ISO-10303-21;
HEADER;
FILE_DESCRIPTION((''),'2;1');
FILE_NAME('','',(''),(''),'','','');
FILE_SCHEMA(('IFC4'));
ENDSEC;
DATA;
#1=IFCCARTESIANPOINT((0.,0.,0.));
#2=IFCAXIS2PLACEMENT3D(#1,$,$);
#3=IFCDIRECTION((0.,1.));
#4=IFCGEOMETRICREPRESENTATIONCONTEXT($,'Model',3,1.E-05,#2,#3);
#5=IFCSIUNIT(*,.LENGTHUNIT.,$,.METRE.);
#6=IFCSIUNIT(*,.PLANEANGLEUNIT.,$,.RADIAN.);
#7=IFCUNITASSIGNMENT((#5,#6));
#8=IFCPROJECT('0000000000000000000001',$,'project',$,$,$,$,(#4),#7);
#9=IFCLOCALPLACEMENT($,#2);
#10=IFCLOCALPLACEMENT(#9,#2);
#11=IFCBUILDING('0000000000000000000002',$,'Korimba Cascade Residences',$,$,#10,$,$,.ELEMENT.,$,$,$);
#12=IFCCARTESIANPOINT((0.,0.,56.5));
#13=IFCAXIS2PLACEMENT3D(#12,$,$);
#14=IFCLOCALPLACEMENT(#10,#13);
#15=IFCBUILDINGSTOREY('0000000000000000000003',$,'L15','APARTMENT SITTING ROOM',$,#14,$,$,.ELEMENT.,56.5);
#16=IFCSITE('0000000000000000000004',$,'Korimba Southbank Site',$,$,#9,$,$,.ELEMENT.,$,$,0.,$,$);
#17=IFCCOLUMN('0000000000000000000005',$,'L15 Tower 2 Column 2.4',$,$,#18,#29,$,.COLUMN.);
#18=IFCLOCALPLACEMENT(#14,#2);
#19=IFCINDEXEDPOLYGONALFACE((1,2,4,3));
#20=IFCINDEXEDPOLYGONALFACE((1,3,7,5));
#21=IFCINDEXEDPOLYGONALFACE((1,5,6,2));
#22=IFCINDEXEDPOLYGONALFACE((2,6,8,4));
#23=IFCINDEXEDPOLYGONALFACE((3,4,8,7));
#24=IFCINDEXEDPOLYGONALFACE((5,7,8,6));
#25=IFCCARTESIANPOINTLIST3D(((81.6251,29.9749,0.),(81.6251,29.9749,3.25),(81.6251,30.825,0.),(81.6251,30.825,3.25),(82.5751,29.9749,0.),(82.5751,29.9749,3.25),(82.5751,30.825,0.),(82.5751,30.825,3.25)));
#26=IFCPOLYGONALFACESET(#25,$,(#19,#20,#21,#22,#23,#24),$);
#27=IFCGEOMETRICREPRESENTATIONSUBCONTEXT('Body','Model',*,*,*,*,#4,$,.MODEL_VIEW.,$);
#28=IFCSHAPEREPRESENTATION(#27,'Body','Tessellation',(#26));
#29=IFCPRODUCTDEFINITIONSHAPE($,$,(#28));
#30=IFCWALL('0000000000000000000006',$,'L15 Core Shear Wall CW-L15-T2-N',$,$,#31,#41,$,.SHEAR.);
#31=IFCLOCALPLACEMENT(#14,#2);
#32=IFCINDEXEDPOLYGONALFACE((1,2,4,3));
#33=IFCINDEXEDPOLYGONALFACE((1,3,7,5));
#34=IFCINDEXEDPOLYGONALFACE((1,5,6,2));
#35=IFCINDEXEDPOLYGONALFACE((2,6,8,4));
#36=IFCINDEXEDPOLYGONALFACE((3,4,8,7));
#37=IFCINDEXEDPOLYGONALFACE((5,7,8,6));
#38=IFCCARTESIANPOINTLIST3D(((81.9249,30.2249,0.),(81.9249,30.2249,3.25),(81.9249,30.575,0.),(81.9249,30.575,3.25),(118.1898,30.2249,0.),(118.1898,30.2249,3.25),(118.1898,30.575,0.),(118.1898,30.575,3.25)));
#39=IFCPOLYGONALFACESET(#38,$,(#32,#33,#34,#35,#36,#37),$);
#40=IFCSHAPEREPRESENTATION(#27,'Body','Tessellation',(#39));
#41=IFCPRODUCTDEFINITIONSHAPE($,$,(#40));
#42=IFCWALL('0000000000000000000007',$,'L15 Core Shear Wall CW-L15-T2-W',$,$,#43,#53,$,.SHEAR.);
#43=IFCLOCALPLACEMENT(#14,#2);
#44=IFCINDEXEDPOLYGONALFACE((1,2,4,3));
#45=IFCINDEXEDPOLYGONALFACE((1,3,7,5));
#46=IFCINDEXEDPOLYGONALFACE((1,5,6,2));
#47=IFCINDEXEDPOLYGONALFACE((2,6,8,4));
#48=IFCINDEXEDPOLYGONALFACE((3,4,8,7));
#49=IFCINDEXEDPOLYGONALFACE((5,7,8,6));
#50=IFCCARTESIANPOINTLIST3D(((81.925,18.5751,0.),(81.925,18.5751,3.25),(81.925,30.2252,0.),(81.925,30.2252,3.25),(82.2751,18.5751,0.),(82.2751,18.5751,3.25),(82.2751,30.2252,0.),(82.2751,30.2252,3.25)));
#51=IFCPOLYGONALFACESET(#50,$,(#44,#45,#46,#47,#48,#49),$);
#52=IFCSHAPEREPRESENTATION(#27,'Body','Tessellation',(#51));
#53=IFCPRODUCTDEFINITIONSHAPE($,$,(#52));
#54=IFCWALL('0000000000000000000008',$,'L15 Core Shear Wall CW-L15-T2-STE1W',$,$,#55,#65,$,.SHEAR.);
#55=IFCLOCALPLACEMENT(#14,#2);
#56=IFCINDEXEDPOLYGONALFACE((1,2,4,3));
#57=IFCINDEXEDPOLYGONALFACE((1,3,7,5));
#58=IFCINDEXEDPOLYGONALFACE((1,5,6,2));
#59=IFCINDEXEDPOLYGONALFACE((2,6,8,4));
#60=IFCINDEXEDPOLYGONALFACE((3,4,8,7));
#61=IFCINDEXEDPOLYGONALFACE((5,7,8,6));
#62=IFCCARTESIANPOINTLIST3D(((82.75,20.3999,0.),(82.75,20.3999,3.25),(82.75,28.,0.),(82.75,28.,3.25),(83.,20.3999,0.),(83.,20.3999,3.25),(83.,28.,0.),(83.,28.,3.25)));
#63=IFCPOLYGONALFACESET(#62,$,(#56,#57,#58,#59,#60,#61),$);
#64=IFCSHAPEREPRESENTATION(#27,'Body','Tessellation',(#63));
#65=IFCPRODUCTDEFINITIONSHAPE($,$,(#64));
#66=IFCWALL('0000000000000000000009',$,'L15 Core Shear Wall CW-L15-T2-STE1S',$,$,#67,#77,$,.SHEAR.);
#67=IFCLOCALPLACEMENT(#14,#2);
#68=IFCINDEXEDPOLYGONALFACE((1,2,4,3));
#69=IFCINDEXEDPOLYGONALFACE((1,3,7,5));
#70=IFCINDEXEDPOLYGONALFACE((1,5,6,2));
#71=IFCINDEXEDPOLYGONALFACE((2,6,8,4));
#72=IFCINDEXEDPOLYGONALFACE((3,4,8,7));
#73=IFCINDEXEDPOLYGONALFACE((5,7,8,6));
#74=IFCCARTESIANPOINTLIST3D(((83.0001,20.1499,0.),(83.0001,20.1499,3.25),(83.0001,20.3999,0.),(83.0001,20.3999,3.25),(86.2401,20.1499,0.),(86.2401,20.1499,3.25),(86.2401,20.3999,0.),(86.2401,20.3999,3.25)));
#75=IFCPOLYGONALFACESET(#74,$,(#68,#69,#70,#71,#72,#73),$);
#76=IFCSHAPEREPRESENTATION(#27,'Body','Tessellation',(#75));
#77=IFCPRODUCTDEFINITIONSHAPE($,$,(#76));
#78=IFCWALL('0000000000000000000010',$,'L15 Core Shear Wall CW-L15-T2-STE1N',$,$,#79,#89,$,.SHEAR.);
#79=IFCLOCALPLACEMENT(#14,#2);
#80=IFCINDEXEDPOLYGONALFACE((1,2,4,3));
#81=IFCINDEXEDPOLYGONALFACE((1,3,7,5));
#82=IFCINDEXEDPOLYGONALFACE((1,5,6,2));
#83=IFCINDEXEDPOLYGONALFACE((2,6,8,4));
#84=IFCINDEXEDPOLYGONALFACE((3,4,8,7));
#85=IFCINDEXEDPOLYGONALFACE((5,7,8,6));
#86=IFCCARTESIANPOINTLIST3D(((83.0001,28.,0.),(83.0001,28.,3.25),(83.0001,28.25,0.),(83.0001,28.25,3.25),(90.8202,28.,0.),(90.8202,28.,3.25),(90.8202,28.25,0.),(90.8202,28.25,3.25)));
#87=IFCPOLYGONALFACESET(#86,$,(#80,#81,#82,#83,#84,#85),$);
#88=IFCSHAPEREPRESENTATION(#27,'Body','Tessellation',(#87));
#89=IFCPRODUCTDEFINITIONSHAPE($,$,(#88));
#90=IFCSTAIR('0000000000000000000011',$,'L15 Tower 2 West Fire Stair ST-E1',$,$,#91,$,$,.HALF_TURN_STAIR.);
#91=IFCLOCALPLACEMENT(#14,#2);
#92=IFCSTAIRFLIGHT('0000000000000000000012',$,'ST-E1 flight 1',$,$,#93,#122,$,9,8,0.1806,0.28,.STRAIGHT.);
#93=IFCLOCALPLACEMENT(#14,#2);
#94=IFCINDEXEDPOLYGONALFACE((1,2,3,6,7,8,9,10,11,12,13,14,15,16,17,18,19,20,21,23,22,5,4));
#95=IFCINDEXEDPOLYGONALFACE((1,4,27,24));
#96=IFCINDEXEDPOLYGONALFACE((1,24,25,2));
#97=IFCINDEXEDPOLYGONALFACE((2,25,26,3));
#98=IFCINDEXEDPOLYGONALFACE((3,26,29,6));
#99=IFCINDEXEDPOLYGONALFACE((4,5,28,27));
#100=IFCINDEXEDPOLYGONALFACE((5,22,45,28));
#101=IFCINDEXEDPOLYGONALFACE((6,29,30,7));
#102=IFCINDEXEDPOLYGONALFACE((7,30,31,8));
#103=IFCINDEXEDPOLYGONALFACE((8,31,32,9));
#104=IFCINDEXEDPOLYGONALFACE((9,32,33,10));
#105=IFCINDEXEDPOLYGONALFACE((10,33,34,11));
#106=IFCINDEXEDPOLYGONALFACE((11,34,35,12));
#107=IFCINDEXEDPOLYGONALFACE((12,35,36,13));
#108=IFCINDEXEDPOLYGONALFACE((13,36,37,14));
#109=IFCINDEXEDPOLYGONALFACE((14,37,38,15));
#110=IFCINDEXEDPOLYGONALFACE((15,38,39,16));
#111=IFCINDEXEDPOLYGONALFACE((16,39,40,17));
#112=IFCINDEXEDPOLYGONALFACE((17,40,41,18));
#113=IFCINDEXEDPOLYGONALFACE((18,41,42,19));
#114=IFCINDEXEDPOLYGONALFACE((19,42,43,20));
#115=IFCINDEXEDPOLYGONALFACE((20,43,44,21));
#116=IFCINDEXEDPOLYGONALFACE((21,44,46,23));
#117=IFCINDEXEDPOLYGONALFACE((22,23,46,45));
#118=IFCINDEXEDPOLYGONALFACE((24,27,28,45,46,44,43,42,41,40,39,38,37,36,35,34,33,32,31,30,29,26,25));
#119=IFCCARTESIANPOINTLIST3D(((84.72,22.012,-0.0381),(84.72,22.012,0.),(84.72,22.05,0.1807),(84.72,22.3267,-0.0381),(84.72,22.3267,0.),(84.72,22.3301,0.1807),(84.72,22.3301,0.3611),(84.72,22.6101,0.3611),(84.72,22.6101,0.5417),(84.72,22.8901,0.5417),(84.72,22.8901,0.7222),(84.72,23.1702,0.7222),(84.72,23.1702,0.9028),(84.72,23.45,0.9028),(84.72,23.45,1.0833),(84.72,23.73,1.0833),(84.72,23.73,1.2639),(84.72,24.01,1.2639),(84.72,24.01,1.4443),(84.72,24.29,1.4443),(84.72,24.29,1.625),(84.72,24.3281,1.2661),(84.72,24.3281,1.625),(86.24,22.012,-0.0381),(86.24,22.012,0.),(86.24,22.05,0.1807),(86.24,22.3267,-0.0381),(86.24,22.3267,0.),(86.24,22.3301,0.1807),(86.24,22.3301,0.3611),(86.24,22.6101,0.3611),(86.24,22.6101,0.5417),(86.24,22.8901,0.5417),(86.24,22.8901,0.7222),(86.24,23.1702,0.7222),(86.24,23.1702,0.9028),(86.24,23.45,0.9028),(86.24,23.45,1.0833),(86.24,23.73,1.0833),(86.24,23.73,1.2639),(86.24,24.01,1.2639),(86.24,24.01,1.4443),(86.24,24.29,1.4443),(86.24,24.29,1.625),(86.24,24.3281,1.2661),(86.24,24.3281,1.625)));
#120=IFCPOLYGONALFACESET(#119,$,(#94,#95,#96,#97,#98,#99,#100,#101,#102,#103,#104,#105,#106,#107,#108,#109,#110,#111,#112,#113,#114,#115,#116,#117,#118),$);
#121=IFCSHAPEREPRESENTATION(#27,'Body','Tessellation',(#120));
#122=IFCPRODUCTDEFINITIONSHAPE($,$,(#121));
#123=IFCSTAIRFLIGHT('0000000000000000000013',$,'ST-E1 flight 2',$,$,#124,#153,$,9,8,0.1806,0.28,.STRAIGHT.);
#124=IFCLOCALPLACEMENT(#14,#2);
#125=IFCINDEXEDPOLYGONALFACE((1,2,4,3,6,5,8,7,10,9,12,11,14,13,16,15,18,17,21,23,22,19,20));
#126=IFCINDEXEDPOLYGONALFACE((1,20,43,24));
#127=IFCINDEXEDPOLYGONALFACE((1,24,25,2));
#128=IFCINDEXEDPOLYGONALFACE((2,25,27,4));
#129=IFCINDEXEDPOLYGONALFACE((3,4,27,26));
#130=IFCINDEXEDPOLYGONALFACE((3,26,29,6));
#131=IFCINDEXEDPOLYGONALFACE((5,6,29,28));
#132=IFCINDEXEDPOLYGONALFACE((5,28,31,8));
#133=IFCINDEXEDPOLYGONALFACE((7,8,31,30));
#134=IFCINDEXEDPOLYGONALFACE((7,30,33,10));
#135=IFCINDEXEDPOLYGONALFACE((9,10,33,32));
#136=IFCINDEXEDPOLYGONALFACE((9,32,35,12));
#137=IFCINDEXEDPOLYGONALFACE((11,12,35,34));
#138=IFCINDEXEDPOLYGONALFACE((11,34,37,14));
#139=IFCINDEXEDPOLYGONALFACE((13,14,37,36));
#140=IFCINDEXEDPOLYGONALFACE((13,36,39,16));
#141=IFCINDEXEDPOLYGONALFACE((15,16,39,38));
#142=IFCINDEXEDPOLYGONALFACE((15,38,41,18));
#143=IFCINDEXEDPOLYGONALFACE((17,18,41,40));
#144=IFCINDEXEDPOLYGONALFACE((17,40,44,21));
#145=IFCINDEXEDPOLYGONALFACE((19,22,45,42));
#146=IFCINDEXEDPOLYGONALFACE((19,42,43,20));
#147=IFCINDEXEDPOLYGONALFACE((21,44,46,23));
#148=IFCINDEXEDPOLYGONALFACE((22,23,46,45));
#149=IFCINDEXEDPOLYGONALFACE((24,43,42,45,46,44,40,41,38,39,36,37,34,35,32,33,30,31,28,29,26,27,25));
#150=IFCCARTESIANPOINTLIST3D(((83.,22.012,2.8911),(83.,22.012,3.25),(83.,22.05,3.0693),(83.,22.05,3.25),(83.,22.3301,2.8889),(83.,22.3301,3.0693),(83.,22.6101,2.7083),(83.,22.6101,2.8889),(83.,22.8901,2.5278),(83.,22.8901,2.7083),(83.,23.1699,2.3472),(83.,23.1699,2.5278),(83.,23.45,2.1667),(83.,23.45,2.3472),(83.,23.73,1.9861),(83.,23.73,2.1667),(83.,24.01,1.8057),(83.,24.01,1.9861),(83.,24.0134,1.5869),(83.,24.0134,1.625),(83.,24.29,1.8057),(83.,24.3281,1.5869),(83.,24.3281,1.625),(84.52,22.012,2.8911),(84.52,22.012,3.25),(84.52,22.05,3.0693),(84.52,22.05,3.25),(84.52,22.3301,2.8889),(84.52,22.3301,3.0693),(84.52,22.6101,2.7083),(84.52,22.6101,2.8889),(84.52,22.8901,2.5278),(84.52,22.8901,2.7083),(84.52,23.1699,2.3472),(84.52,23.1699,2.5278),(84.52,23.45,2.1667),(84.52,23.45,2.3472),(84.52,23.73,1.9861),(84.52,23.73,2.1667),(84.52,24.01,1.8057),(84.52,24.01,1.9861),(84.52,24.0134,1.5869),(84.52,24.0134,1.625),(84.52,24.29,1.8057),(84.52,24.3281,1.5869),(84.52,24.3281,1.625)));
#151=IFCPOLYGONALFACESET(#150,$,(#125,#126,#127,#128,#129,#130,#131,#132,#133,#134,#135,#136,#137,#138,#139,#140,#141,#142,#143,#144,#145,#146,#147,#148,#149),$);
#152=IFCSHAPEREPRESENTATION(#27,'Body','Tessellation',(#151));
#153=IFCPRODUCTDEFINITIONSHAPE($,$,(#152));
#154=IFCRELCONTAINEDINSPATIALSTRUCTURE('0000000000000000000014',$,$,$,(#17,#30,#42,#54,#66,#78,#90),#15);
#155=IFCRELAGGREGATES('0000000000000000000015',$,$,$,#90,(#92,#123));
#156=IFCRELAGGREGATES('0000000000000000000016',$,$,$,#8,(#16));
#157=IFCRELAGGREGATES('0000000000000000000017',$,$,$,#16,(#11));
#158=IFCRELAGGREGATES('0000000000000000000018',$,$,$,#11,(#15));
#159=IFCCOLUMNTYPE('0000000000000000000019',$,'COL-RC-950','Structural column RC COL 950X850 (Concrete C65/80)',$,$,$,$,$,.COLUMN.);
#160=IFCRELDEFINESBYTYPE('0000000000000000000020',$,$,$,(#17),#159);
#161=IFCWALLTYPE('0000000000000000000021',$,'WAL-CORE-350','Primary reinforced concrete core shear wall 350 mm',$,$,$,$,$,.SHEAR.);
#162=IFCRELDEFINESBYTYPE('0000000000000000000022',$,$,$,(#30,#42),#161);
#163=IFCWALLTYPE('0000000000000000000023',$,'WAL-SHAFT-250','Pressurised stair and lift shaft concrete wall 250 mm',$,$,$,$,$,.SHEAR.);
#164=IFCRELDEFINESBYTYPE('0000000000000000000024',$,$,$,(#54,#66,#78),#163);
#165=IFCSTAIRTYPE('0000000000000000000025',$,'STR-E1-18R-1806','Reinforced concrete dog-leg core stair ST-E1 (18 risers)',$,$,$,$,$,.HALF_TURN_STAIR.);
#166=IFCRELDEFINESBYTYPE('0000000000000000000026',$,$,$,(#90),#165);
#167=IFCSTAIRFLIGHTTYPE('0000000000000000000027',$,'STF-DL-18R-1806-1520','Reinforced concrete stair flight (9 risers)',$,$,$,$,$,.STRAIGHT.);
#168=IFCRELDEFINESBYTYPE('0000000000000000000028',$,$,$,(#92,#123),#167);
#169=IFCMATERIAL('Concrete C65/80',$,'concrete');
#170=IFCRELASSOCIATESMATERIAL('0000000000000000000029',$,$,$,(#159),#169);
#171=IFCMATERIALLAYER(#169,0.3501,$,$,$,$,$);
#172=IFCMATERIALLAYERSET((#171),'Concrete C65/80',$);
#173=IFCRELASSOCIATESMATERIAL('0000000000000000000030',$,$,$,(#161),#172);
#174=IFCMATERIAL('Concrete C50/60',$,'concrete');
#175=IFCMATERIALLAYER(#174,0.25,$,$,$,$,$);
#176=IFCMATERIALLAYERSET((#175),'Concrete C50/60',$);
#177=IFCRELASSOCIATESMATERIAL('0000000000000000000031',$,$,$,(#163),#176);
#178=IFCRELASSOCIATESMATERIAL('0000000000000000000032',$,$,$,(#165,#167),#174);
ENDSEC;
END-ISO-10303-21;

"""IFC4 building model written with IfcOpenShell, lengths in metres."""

from ifc_helpers import new_model, si_unit, direction, frame, frame_2d, origin, origin_2d, place, context, subcontext, project, spatial, polyline, rectangle, outline, extrude, material, layer, layer_set, material_profile, profile_set, type_object, element, aggregate, save


model = new_model("IFC4")

# Units and contexts
model_context = context("Model", 3, precision=1e-05, world=origin(), true_north=direction((0.0, 1.0)))
body_context = subcontext(model_context, "Body", "Model", "MODEL_VIEW")
ifc_project = project(units=[si_unit("LENGTHUNIT", "METRE"), si_unit("PLANEANGLEUNIT", "RADIAN")], contexts=[model_context])

# Site, building, storey
site_placement = place(None, origin())
site = spatial("IfcSite", under=ifc_project, at=site_placement, Name="Korimba Southbank Site", CompositionType="ELEMENT", RefElevation=0.0)
building_placement = place(site_placement, origin())
building = spatial("IfcBuilding", under=site, at=building_placement, Name="Korimba Cascade Residences", CompositionType="ELEMENT")
storey_placement = place(building_placement, frame((0.0, 0.0, 56.5)))
storey = spatial("IfcBuildingStorey", under=building, at=storey_placement, Name="L15", Description="APARTMENT SITTING ROOM", CompositionType="ELEMENT", Elevation=56.5)

# Column
ifc_material_1 = material(Name="Concrete C65/80", Category="concrete")
ifc_material_profile = material_profile(ifc_material_1, rectangle(XDim=0.95, YDim=0.8501, at=origin_2d()), Name="Concrete C65/80")
ifc_profile_set = profile_set([ifc_material_profile], Name="Concrete C65/80")
column_type = type_object("IfcColumnType", Name="COL-RC-950", Description="Structural column RC COL 950X850 (Concrete C65/80)", PredefinedType="COLUMN", material=ifc_profile_set)
column_placement = place(storey_placement, frame((82.1001, 30.3999, 0.0), z_axis=(0.0, 0.0, 1.0), x_axis=(1.0, 0.0, 0.0)))
element("IfcColumn", 1, at=column_placement, inside=storey, type_object=column_type, Name="L15 Tower 2 Column 2.4", PredefinedType="COLUMN", context=body_context, shape_type="SweptSolid", body=[
    extrude(rectangle(XDim=0.95, YDim=0.8501, at=origin_2d()), origin(), (0.0, 0.0, 1.0), 3.25),
])

# Walls
ifc_layer_1 = layer(ifc_material_1, 0.3501)
ifc_layer_set_1 = layer_set([ifc_layer_1], Name="Concrete C65/80")
wall_type_1 = type_object("IfcWallType", Name="WAL-CORE-350", Description="Primary reinforced concrete core shear wall 350 mm", PredefinedType="SHEAR", material=ifc_layer_set_1)
wall_1_placement = place(storey_placement, frame((81.925, 30.3999, 0.0), z_axis=(0.0, 0.0, 1.0), x_axis=(1.0, 0.0, 0.0)))
element("IfcWall", 2, at=wall_1_placement, inside=storey, type_object=wall_type_1, Name="L15 Core Shear Wall CW-L15-T2-N", PredefinedType="SHEAR", context=body_context, shape_type="SweptSolid", body=[
    extrude(rectangle(XDim=36.2649, YDim=0.3501, at=frame_2d((18.1323, 0.0))), origin(), (0.0, 0.0, 1.0), 3.25),
])
wall_2_placement = place(storey_placement, frame((82.1001, 18.575, 0.0), z_axis=(0.0, 0.0, 1.0), x_axis=(0.0, 1.0, 0.0)))
element("IfcWall", 3, at=wall_2_placement, inside=storey, type_object=wall_type_1, Name="L15 Core Shear Wall CW-L15-T2-W", PredefinedType="SHEAR", context=body_context, shape_type="SweptSolid", body=[
    extrude(rectangle(XDim=11.6501, YDim=0.3501, at=frame_2d((5.8252, 0.0))), origin(), (0.0, 0.0, 1.0), 3.25),
])
ifc_material_2 = material(Name="Concrete C50/60", Category="concrete")
ifc_layer_2 = layer(ifc_material_2, 0.25)
ifc_layer_set_2 = layer_set([ifc_layer_2], Name="Concrete C50/60")
wall_type_2 = type_object("IfcWallType", Name="WAL-SHAFT-250", Description="Pressurised stair and lift shaft concrete wall 250 mm", PredefinedType="SHEAR", material=ifc_layer_set_2)
wall_3_placement = place(storey_placement, frame((82.875, 20.3999, 0.0), z_axis=(0.0, 0.0, 1.0), x_axis=(0.0, 1.0, 0.0)))
element("IfcWall", 4, at=wall_3_placement, inside=storey, type_object=wall_type_2, Name="L15 Core Shear Wall CW-L15-T2-STE1W", PredefinedType="SHEAR", context=body_context, shape_type="SweptSolid", body=[
    extrude(rectangle(XDim=7.6001, YDim=0.25, at=frame_2d((3.8, 0.0))), origin(), (0.0, 0.0, 1.0), 3.25),
])
wall_4_placement = place(storey_placement, frame((83.0, 20.2749, 0.0), z_axis=(0.0, 0.0, 1.0), x_axis=(1.0, 0.0, 0.0)))
element("IfcWall", 5, at=wall_4_placement, inside=storey, type_object=wall_type_2, Name="L15 Core Shear Wall CW-L15-T2-STE1S", PredefinedType="SHEAR", context=body_context, shape_type="SweptSolid", body=[
    extrude(rectangle(XDim=3.24, YDim=0.25, at=frame_2d((1.6201, 0.0))), origin(), (0.0, 0.0, 1.0), 3.25),
])
wall_5_placement = place(storey_placement, frame((83.0, 28.125, 0.0), z_axis=(0.0, 0.0, 1.0), x_axis=(1.0, 0.0, 0.0)))
element("IfcWall", 6, at=wall_5_placement, inside=storey, type_object=wall_type_2, Name="L15 Core Shear Wall CW-L15-T2-STE1N", PredefinedType="SHEAR", context=body_context, shape_type="SweptSolid", body=[
    extrude(rectangle(XDim=7.8201, YDim=0.25, at=frame_2d((3.9102, 0.0))), origin(), (0.0, 0.0, 1.0), 3.25),
])

# Stair, stair flights
stair_type = type_object("IfcStairType", Name="STR-E1-18R-1806", Description="Reinforced concrete dog-leg core stair ST-E1 (18 risers)", PredefinedType="HALF_TURN_STAIR", material=ifc_material_2)
stair_placement = place(storey_placement, origin())
stair = element("IfcStair", 7, at=stair_placement, inside=storey, type_object=stair_type, Name="L15 Tower 2 West Fire Stair ST-E1", PredefinedType="HALF_TURN_STAIR")
stair_flight_type = type_object("IfcStairFlightType", Name="STF-DL-18R-1806-1520", Description="Reinforced concrete stair flight (9 risers)", PredefinedType="STRAIGHT", material=ifc_material_2)
stair_flight_1_placement = place(storey_placement, frame((85.48, 22.05, 0.0), z_axis=(0.0, 0.0, 1.0), x_axis=(0.0, 1.0, 0.0)))
stair_flight_1 = element("IfcStairFlight", 8, at=stair_flight_1_placement, type_object=stair_flight_type, Name="ST-E1 flight 1", NumberOfRisers=9, NumberOfTreads=8, PredefinedType="STRAIGHT", RiserHeight=0.1806, TreadLength=0.28, context=body_context, shape_type="SweptSolid", body=[
    extrude(outline(polyline([(-0.0381, 0.0), (0.0, 0.1807), (0.28, 0.1807), (0.28, 0.3611), (0.5601, 0.3611), (0.5601, 0.5417), (0.8401, 0.5417), (0.8401, 0.7222), (1.1201, 0.7222), (1.1201, 0.9028), (1.3999, 0.9028), (1.3999, 1.0833), (1.6799, 1.0833), (1.6799, 1.2639), (1.96, 1.2639), (1.96, 1.4443), (2.24, 1.4443), (2.24, 1.625), (2.2781, 1.625), (2.2781, 1.2661), (0.2766, 0.0), (0.2766, -0.0381), (-0.0381, -0.0381), (-0.0381, 0.0)])), frame((0.0, 0.76, 0.0), z_axis=(0.0, -1.0, 0.0), x_axis=(1.0, 0.0, 0.0)), (0.0, 0.0, 1.0), 1.52),
])
stair_flight_2_placement = place(storey_placement, frame((83.76, 24.29, 1.625), z_axis=(0.0, 0.0, 1.0), x_axis=(0.0, -1.0, 0.0)))
stair_flight_2 = element("IfcStairFlight", 9, at=stair_flight_2_placement, type_object=stair_flight_type, Name="ST-E1 flight 2", NumberOfRisers=9, NumberOfTreads=8, PredefinedType="STRAIGHT", RiserHeight=0.1806, TreadLength=0.28, context=body_context, shape_type="SweptSolid", body=[
    extrude(outline(polyline([(-0.0381, 0.0), (0.0, 0.1807), (0.28, 0.1807), (0.28, 0.3611), (0.5601, 0.3611), (0.5601, 0.5417), (0.8401, 0.5417), (0.8401, 0.7222), (1.1201, 0.7222), (1.1201, 0.9028), (1.3999, 0.9028), (1.3999, 1.0833), (1.6799, 1.0833), (1.6799, 1.2639), (1.96, 1.2639), (1.96, 1.4443), (2.24, 1.4443), (2.24, 1.625), (2.2781, 1.625), (2.2781, 1.2661), (0.2766, 0.0), (0.2766, -0.0381), (-0.0381, -0.0381), (-0.0381, 0.0)])), frame((0.0, 0.76, 0.0), z_axis=(0.0, -1.0, 0.0), x_axis=(1.0, 0.0, 0.0)), (0.0, 0.0, 1.0), 1.52),
])
aggregate(stair, [stair_flight_1, stair_flight_2])

save(model, "model.ifc")
